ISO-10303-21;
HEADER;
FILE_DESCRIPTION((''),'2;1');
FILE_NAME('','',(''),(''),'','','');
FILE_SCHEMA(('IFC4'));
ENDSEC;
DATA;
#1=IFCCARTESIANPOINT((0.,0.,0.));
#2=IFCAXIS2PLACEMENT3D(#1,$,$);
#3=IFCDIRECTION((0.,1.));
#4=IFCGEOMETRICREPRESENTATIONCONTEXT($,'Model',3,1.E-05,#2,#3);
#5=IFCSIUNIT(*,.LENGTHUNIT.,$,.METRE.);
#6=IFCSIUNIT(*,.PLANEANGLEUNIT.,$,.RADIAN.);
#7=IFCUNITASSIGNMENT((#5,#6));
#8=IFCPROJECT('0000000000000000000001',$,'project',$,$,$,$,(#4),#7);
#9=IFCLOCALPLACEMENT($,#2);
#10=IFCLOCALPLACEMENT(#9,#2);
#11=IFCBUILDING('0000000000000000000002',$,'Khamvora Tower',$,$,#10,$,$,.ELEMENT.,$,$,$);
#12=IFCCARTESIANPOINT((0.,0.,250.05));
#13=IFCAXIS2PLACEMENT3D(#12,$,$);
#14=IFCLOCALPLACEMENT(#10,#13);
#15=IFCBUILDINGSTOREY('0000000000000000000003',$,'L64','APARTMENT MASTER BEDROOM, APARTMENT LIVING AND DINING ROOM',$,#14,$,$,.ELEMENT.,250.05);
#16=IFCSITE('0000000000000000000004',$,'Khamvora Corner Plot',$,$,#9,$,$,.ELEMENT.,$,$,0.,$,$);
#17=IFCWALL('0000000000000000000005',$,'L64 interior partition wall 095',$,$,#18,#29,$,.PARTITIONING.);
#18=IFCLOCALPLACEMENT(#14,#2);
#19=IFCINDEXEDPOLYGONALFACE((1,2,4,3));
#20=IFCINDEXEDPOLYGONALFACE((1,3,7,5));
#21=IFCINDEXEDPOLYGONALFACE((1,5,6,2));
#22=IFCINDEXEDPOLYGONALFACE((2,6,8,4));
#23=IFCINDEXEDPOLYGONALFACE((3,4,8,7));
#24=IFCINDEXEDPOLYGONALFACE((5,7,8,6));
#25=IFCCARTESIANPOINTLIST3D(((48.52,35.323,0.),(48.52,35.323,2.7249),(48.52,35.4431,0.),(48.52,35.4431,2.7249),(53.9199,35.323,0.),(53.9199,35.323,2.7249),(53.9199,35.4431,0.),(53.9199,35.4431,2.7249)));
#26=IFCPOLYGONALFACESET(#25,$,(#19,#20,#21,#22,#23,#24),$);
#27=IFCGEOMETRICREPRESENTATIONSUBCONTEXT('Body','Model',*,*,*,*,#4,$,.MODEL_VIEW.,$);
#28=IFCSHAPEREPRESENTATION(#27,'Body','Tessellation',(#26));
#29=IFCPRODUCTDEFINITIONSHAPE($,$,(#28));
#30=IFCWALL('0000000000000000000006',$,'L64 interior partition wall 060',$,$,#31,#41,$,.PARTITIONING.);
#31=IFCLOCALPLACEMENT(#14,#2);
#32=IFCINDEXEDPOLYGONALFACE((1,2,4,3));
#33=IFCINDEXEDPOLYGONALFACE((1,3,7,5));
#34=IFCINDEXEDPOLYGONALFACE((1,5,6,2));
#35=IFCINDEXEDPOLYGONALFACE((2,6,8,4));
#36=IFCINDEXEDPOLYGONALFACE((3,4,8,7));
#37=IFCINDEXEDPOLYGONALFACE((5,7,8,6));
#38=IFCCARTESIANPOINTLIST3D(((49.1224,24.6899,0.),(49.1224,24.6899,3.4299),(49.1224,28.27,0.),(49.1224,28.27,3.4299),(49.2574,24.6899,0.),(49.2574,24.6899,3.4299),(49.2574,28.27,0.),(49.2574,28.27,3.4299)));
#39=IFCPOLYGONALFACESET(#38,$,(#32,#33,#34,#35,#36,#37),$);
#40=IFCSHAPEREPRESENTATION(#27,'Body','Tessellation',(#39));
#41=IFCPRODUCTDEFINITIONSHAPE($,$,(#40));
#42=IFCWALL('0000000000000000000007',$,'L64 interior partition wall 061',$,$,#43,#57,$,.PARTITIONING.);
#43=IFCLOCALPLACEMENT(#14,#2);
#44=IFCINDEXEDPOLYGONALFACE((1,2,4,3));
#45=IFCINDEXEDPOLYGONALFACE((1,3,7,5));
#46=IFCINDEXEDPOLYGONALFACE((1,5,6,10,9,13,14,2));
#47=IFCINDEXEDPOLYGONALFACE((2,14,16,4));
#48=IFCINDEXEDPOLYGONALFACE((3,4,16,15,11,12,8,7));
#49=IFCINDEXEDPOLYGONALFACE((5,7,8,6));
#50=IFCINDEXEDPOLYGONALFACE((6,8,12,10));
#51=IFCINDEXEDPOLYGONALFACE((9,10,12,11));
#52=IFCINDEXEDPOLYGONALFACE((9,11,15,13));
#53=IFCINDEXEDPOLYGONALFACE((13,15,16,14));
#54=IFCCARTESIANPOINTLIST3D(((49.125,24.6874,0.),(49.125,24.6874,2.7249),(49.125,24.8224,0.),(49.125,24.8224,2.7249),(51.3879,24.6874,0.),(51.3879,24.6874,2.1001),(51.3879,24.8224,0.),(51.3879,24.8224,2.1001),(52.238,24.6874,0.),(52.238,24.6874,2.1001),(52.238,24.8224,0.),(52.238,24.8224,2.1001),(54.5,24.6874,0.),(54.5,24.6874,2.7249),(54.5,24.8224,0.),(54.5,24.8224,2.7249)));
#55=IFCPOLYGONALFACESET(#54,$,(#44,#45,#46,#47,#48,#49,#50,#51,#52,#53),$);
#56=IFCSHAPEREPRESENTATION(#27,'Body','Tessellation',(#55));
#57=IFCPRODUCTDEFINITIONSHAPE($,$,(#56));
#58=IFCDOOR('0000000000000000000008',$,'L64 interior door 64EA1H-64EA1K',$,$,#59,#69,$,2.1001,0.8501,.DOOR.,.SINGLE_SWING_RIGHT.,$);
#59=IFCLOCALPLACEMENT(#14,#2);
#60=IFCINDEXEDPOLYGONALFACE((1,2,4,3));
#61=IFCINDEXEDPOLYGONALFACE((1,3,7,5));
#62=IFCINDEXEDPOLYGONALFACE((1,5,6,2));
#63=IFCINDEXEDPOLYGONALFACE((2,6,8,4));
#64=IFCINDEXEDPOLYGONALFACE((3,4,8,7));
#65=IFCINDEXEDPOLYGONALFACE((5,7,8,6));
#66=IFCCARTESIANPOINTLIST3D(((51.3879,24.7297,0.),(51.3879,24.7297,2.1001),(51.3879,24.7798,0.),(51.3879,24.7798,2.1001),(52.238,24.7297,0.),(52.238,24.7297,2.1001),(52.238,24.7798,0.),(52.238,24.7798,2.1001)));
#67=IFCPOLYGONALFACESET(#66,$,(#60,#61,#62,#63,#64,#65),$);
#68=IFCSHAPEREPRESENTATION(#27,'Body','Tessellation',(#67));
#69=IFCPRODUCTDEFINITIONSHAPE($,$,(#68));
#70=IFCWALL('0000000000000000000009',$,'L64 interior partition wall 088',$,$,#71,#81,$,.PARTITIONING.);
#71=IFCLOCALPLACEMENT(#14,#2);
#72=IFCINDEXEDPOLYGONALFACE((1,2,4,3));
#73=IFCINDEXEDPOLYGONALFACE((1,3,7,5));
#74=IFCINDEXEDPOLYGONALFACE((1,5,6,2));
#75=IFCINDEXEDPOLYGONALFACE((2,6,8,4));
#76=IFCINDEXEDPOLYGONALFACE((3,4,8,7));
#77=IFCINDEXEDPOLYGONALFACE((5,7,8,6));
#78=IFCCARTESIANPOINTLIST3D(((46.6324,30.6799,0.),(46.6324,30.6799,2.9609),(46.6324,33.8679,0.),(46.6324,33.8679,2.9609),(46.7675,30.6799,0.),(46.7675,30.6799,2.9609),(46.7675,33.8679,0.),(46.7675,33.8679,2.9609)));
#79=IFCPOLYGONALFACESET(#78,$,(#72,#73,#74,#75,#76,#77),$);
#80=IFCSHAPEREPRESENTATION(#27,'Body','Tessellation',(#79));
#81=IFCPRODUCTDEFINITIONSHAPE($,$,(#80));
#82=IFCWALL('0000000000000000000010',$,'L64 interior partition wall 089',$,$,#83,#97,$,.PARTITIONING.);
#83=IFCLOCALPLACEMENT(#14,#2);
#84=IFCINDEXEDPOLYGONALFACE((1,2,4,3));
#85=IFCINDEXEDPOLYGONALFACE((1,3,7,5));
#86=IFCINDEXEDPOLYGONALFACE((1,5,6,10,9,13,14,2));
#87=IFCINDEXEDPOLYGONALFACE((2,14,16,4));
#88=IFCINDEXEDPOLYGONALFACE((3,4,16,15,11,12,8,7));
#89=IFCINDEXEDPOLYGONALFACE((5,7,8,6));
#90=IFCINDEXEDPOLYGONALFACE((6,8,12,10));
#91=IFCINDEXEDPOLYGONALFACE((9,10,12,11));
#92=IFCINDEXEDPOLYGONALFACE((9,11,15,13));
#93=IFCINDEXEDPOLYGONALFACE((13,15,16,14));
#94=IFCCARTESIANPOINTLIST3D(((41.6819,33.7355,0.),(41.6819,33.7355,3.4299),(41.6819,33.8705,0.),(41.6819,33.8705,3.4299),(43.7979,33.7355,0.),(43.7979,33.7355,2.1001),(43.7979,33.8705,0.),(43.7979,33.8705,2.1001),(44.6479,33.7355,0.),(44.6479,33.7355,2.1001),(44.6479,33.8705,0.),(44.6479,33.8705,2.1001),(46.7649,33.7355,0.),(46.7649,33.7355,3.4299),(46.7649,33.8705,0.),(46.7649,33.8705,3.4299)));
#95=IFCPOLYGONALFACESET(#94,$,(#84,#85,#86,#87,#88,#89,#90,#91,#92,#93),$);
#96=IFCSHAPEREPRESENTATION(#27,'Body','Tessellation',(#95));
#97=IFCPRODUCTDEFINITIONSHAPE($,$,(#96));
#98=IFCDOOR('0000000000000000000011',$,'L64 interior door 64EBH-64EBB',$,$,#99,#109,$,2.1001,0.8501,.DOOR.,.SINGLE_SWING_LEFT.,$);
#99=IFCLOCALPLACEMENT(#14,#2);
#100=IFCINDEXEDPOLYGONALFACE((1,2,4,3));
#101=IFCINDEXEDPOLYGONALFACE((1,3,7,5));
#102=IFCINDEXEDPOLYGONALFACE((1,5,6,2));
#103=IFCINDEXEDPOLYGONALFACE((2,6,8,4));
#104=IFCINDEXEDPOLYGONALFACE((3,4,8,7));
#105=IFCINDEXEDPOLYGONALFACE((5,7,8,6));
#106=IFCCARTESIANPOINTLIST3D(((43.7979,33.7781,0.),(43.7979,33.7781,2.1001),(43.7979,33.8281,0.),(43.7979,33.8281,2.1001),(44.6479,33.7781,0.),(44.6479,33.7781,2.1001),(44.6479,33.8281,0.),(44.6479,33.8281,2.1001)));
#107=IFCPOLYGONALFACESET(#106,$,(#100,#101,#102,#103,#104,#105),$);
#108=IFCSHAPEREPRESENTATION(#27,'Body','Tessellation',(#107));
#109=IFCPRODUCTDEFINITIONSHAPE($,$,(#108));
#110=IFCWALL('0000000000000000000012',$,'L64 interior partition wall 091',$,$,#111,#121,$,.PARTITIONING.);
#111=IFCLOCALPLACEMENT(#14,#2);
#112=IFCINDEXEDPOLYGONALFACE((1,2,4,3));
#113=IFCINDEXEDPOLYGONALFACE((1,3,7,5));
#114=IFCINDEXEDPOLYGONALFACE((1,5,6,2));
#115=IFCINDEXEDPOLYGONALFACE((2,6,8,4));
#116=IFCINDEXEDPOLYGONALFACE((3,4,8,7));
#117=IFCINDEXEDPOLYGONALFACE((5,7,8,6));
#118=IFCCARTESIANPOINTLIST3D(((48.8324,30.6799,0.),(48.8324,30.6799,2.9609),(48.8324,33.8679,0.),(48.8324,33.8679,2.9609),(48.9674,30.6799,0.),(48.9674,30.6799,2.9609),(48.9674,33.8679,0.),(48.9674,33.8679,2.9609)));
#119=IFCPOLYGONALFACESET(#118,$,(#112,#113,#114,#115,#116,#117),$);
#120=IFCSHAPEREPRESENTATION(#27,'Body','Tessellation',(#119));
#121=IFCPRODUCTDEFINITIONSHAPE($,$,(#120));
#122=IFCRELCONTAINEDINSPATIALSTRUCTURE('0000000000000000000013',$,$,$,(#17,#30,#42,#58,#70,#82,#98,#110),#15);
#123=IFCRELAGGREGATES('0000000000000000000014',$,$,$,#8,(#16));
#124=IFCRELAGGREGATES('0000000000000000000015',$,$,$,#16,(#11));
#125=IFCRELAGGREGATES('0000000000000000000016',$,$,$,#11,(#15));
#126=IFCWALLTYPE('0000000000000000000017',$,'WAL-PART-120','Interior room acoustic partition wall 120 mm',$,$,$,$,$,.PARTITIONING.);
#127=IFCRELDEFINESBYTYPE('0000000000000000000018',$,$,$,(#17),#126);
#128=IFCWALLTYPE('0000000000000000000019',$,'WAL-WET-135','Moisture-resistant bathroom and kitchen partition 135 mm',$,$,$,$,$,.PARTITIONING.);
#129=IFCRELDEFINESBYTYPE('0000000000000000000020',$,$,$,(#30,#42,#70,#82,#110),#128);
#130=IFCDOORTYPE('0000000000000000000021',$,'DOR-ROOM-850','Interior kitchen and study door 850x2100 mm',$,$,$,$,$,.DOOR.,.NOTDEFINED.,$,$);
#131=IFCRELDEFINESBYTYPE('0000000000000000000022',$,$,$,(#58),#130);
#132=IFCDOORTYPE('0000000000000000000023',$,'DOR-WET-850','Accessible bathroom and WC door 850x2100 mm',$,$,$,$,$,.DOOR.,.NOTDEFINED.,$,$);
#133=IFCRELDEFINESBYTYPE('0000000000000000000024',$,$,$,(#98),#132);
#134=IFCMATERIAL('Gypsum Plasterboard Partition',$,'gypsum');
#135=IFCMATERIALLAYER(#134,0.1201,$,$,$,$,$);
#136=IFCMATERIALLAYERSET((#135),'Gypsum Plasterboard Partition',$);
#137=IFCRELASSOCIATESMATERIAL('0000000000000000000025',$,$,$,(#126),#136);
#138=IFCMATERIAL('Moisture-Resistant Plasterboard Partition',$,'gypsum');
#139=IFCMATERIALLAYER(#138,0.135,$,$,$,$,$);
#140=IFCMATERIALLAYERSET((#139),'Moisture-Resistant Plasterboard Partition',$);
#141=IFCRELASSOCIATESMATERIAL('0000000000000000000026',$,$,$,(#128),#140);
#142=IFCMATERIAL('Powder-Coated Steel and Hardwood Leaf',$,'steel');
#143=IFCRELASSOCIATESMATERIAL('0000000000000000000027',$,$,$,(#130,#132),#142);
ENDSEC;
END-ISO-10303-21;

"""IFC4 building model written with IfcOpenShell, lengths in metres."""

from ifc_helpers import new_model, si_unit, direction, frame, frame_2d, origin, place, context, subcontext, project, spatial, rectangle, extrude, material, layer, layer_set, type_object, element, fill, save


model = new_model("IFC4")

# Units and contexts
model_context = context("Model", 3, precision=1e-05, world=origin(), true_north=direction((0.0, 1.0)))
body_context = subcontext(model_context, "Body", "Model", "MODEL_VIEW")
ifc_project = project(units=[si_unit("LENGTHUNIT", "METRE"), si_unit("PLANEANGLEUNIT", "RADIAN")], contexts=[model_context])

# Site, building, storey
site_placement = place(None, origin())
site = spatial("IfcSite", under=ifc_project, at=site_placement, Name="Khamvora Corner Plot", CompositionType="ELEMENT", RefElevation=0.0)
building_placement = place(site_placement, origin())
building = spatial("IfcBuilding", under=site, at=building_placement, Name="Khamvora Tower", CompositionType="ELEMENT")
storey_placement = place(building_placement, frame((0.0, 0.0, 250.05)))
storey = spatial("IfcBuildingStorey", under=building, at=storey_placement, Name="L64", Description="APARTMENT MASTER BEDROOM, APARTMENT LIVING AND DINING ROOM", CompositionType="ELEMENT", Elevation=250.05)

# Shared definitions
ifc_material_1 = material(Name="Powder-Coated Steel and Hardwood Leaf", Category="steel")

# Shared definitions
ifc_material_2 = material(Name="Gypsum Plasterboard Partition", Category="gypsum")
ifc_layer_1 = layer(ifc_material_2, 0.1201)
ifc_layer_set_1 = layer_set([ifc_layer_1], Name="Gypsum Plasterboard Partition")
wall_type_1 = type_object("IfcWallType", Name="WAL-PART-120", Description="Interior room acoustic partition wall 120 mm", PredefinedType="PARTITIONING", material=ifc_layer_set_1)

# Walls
wall_1_placement = place(storey_placement, frame((48.52, 35.3831, 0.0), z_axis=(0.0, 0.0, 1.0), x_axis=(1.0, 0.0, 0.0)))
element("IfcWall", 1, at=wall_1_placement, inside=storey, type_object=wall_type_1, Name="L64 interior partition wall 095", PredefinedType="PARTITIONING", context=body_context, shape_type="SweptSolid", body=[
    extrude(rectangle(XDim=5.3999, YDim=0.1201, at=frame_2d((2.7, 0.0))), origin(), (0.0, 0.0, 1.0), 2.7249),
])
ifc_material_3 = material(Name="Moisture-Resistant Plasterboard Partition", Category="gypsum")
ifc_layer_2 = layer(ifc_material_3, 0.135)
ifc_layer_set_2 = layer_set([ifc_layer_2], Name="Moisture-Resistant Plasterboard Partition")
wall_type_2 = type_object("IfcWallType", Name="WAL-WET-135", Description="Moisture-resistant bathroom and kitchen partition 135 mm", PredefinedType="PARTITIONING", material=ifc_layer_set_2)
wall_2_placement = place(storey_placement, frame((49.1899, 28.27, 0.0), z_axis=(0.0, 0.0, 1.0), x_axis=(0.0, -1.0, 0.0)))
element("IfcWall", 2, at=wall_2_placement, inside=storey, type_object=wall_type_2, Name="L64 interior partition wall 060", PredefinedType="PARTITIONING", context=body_context, shape_type="SweptSolid", body=[
    extrude(rectangle(XDim=3.5801, YDim=0.135, at=frame_2d((1.79, 0.0))), origin(), (0.0, 0.0, 1.0), 3.4299),
])

# Wall, opening, door
wall_3_placement = place(storey_placement, frame((49.125, 24.7549, 0.0), z_axis=(0.0, 0.0, 1.0), x_axis=(1.0, 0.0, 0.0)))
wall_3 = element("IfcWall", 3, at=wall_3_placement, inside=storey, type_object=wall_type_2, Name="L64 interior partition wall 061", PredefinedType="PARTITIONING", context=body_context, shape_type="SweptSolid", body=[
    extrude(rectangle(XDim=5.375, YDim=0.135, at=frame_2d((2.6875, 0.0))), origin(), (0.0, 0.0, 1.0), 2.7249),
])
opening_1_placement = place(wall_3_placement, frame((2.2629, 0.0, 0.0)))
opening_1 = element("IfcOpeningElement", 4, at=opening_1_placement, cuts=wall_3, PredefinedType="OPENING", context=body_context, shape_type="SweptSolid", body=[
    extrude(rectangle(XDim=0.8501, YDim=2.1001, at=frame_2d((0.425, 1.05))), frame((0.0, 0.0774, 0.0), z_axis=(0.0, -1.0, 0.0), x_axis=(1.0, 0.0, 0.0)), (0.0, 0.0, 1.0), 0.155),
])
door_type_1 = type_object("IfcDoorType", Name="DOR-ROOM-850", Description="Interior kitchen and study door 850x2100 mm", OperationType="NOTDEFINED", PredefinedType="DOOR", material=ifc_material_1)
door_1_placement = place(opening_1_placement, origin())
door_1 = element("IfcDoor", 5, at=door_1_placement, inside=storey, type_object=door_type_1, Name="L64 interior door 64EA1H-64EA1K", OperationType="SINGLE_SWING_RIGHT", OverallHeight=2.1001, OverallWidth=0.8501, PredefinedType="DOOR", context=body_context, shape_type="SweptSolid", body=[
    extrude(rectangle(XDim=0.8501, YDim=2.1001, at=frame_2d((0.425, 1.05))), frame((0.0, 0.0249, 0.0), z_axis=(0.0, -1.0, 0.0), x_axis=(1.0, 0.0, 0.0)), (0.0, 0.0, 1.0), 0.05),
])
fill(opening_1, door_1)

# Wall
wall_4_placement = place(storey_placement, frame((46.7, 30.6799, 0.0), z_axis=(0.0, 0.0, 1.0), x_axis=(0.0, 1.0, 0.0)))
element("IfcWall", 6, at=wall_4_placement, inside=storey, type_object=wall_type_2, Name="L64 interior partition wall 088", PredefinedType="PARTITIONING", context=body_context, shape_type="SweptSolid", body=[
    extrude(rectangle(XDim=3.188, YDim=0.135, at=frame_2d((1.594, 0.0))), origin(), (0.0, 0.0, 1.0), 2.9609),
])

# Wall, opening, door
wall_5_placement = place(storey_placement, frame((46.7649, 33.803, 0.0), z_axis=(0.0, 0.0, 1.0), x_axis=(-1.0, 0.0, 0.0)))
wall_5 = element("IfcWall", 7, at=wall_5_placement, inside=storey, type_object=wall_type_2, Name="L64 interior partition wall 089", PredefinedType="PARTITIONING", context=body_context, shape_type="SweptSolid", body=[
    extrude(rectangle(XDim=5.083, YDim=0.135, at=frame_2d((2.5415, 0.0))), origin(), (0.0, 0.0, 1.0), 3.4299),
])
opening_2_placement = place(wall_5_placement, frame((2.1169, 0.0, 0.0)))
opening_2 = element("IfcOpeningElement", 8, at=opening_2_placement, cuts=wall_5, PredefinedType="OPENING", context=body_context, shape_type="SweptSolid", body=[
    extrude(rectangle(XDim=0.8501, YDim=2.1001, at=frame_2d((0.425, 1.05))), frame((0.0, 0.0774, 0.0), z_axis=(0.0, -1.0, 0.0), x_axis=(1.0, 0.0, 0.0)), (0.0, 0.0, 1.0), 0.155),
])
door_type_2 = type_object("IfcDoorType", Name="DOR-WET-850", Description="Accessible bathroom and WC door 850x2100 mm", OperationType="NOTDEFINED", PredefinedType="DOOR", material=ifc_material_1)
door_2_placement = place(opening_2_placement, origin())
door_2 = element("IfcDoor", 9, at=door_2_placement, inside=storey, type_object=door_type_2, Name="L64 interior door 64EBH-64EBB", OperationType="SINGLE_SWING_LEFT", OverallHeight=2.1001, OverallWidth=0.8501, PredefinedType="DOOR", context=body_context, shape_type="SweptSolid", body=[
    extrude(rectangle(XDim=0.8501, YDim=2.1001, at=frame_2d((0.425, 1.05))), frame((0.0, 0.0249, 0.0), z_axis=(0.0, -1.0, 0.0), x_axis=(1.0, 0.0, 0.0)), (0.0, 0.0, 1.0), 0.05),
])
fill(opening_2, door_2)

# Wall
wall_6_placement = place(storey_placement, frame((48.8999, 33.8679, 0.0), z_axis=(0.0, 0.0, 1.0), x_axis=(0.0, -1.0, 0.0)))
element("IfcWall", 10, at=wall_6_placement, inside=storey, type_object=wall_type_2, Name="L64 interior partition wall 091", PredefinedType="PARTITIONING", context=body_context, shape_type="SweptSolid", body=[
    extrude(rectangle(XDim=3.188, YDim=0.135, at=frame_2d((1.594, 0.0))), origin(), (0.0, 0.0, 1.0), 2.9609),
])

save(model, "model.ifc")
